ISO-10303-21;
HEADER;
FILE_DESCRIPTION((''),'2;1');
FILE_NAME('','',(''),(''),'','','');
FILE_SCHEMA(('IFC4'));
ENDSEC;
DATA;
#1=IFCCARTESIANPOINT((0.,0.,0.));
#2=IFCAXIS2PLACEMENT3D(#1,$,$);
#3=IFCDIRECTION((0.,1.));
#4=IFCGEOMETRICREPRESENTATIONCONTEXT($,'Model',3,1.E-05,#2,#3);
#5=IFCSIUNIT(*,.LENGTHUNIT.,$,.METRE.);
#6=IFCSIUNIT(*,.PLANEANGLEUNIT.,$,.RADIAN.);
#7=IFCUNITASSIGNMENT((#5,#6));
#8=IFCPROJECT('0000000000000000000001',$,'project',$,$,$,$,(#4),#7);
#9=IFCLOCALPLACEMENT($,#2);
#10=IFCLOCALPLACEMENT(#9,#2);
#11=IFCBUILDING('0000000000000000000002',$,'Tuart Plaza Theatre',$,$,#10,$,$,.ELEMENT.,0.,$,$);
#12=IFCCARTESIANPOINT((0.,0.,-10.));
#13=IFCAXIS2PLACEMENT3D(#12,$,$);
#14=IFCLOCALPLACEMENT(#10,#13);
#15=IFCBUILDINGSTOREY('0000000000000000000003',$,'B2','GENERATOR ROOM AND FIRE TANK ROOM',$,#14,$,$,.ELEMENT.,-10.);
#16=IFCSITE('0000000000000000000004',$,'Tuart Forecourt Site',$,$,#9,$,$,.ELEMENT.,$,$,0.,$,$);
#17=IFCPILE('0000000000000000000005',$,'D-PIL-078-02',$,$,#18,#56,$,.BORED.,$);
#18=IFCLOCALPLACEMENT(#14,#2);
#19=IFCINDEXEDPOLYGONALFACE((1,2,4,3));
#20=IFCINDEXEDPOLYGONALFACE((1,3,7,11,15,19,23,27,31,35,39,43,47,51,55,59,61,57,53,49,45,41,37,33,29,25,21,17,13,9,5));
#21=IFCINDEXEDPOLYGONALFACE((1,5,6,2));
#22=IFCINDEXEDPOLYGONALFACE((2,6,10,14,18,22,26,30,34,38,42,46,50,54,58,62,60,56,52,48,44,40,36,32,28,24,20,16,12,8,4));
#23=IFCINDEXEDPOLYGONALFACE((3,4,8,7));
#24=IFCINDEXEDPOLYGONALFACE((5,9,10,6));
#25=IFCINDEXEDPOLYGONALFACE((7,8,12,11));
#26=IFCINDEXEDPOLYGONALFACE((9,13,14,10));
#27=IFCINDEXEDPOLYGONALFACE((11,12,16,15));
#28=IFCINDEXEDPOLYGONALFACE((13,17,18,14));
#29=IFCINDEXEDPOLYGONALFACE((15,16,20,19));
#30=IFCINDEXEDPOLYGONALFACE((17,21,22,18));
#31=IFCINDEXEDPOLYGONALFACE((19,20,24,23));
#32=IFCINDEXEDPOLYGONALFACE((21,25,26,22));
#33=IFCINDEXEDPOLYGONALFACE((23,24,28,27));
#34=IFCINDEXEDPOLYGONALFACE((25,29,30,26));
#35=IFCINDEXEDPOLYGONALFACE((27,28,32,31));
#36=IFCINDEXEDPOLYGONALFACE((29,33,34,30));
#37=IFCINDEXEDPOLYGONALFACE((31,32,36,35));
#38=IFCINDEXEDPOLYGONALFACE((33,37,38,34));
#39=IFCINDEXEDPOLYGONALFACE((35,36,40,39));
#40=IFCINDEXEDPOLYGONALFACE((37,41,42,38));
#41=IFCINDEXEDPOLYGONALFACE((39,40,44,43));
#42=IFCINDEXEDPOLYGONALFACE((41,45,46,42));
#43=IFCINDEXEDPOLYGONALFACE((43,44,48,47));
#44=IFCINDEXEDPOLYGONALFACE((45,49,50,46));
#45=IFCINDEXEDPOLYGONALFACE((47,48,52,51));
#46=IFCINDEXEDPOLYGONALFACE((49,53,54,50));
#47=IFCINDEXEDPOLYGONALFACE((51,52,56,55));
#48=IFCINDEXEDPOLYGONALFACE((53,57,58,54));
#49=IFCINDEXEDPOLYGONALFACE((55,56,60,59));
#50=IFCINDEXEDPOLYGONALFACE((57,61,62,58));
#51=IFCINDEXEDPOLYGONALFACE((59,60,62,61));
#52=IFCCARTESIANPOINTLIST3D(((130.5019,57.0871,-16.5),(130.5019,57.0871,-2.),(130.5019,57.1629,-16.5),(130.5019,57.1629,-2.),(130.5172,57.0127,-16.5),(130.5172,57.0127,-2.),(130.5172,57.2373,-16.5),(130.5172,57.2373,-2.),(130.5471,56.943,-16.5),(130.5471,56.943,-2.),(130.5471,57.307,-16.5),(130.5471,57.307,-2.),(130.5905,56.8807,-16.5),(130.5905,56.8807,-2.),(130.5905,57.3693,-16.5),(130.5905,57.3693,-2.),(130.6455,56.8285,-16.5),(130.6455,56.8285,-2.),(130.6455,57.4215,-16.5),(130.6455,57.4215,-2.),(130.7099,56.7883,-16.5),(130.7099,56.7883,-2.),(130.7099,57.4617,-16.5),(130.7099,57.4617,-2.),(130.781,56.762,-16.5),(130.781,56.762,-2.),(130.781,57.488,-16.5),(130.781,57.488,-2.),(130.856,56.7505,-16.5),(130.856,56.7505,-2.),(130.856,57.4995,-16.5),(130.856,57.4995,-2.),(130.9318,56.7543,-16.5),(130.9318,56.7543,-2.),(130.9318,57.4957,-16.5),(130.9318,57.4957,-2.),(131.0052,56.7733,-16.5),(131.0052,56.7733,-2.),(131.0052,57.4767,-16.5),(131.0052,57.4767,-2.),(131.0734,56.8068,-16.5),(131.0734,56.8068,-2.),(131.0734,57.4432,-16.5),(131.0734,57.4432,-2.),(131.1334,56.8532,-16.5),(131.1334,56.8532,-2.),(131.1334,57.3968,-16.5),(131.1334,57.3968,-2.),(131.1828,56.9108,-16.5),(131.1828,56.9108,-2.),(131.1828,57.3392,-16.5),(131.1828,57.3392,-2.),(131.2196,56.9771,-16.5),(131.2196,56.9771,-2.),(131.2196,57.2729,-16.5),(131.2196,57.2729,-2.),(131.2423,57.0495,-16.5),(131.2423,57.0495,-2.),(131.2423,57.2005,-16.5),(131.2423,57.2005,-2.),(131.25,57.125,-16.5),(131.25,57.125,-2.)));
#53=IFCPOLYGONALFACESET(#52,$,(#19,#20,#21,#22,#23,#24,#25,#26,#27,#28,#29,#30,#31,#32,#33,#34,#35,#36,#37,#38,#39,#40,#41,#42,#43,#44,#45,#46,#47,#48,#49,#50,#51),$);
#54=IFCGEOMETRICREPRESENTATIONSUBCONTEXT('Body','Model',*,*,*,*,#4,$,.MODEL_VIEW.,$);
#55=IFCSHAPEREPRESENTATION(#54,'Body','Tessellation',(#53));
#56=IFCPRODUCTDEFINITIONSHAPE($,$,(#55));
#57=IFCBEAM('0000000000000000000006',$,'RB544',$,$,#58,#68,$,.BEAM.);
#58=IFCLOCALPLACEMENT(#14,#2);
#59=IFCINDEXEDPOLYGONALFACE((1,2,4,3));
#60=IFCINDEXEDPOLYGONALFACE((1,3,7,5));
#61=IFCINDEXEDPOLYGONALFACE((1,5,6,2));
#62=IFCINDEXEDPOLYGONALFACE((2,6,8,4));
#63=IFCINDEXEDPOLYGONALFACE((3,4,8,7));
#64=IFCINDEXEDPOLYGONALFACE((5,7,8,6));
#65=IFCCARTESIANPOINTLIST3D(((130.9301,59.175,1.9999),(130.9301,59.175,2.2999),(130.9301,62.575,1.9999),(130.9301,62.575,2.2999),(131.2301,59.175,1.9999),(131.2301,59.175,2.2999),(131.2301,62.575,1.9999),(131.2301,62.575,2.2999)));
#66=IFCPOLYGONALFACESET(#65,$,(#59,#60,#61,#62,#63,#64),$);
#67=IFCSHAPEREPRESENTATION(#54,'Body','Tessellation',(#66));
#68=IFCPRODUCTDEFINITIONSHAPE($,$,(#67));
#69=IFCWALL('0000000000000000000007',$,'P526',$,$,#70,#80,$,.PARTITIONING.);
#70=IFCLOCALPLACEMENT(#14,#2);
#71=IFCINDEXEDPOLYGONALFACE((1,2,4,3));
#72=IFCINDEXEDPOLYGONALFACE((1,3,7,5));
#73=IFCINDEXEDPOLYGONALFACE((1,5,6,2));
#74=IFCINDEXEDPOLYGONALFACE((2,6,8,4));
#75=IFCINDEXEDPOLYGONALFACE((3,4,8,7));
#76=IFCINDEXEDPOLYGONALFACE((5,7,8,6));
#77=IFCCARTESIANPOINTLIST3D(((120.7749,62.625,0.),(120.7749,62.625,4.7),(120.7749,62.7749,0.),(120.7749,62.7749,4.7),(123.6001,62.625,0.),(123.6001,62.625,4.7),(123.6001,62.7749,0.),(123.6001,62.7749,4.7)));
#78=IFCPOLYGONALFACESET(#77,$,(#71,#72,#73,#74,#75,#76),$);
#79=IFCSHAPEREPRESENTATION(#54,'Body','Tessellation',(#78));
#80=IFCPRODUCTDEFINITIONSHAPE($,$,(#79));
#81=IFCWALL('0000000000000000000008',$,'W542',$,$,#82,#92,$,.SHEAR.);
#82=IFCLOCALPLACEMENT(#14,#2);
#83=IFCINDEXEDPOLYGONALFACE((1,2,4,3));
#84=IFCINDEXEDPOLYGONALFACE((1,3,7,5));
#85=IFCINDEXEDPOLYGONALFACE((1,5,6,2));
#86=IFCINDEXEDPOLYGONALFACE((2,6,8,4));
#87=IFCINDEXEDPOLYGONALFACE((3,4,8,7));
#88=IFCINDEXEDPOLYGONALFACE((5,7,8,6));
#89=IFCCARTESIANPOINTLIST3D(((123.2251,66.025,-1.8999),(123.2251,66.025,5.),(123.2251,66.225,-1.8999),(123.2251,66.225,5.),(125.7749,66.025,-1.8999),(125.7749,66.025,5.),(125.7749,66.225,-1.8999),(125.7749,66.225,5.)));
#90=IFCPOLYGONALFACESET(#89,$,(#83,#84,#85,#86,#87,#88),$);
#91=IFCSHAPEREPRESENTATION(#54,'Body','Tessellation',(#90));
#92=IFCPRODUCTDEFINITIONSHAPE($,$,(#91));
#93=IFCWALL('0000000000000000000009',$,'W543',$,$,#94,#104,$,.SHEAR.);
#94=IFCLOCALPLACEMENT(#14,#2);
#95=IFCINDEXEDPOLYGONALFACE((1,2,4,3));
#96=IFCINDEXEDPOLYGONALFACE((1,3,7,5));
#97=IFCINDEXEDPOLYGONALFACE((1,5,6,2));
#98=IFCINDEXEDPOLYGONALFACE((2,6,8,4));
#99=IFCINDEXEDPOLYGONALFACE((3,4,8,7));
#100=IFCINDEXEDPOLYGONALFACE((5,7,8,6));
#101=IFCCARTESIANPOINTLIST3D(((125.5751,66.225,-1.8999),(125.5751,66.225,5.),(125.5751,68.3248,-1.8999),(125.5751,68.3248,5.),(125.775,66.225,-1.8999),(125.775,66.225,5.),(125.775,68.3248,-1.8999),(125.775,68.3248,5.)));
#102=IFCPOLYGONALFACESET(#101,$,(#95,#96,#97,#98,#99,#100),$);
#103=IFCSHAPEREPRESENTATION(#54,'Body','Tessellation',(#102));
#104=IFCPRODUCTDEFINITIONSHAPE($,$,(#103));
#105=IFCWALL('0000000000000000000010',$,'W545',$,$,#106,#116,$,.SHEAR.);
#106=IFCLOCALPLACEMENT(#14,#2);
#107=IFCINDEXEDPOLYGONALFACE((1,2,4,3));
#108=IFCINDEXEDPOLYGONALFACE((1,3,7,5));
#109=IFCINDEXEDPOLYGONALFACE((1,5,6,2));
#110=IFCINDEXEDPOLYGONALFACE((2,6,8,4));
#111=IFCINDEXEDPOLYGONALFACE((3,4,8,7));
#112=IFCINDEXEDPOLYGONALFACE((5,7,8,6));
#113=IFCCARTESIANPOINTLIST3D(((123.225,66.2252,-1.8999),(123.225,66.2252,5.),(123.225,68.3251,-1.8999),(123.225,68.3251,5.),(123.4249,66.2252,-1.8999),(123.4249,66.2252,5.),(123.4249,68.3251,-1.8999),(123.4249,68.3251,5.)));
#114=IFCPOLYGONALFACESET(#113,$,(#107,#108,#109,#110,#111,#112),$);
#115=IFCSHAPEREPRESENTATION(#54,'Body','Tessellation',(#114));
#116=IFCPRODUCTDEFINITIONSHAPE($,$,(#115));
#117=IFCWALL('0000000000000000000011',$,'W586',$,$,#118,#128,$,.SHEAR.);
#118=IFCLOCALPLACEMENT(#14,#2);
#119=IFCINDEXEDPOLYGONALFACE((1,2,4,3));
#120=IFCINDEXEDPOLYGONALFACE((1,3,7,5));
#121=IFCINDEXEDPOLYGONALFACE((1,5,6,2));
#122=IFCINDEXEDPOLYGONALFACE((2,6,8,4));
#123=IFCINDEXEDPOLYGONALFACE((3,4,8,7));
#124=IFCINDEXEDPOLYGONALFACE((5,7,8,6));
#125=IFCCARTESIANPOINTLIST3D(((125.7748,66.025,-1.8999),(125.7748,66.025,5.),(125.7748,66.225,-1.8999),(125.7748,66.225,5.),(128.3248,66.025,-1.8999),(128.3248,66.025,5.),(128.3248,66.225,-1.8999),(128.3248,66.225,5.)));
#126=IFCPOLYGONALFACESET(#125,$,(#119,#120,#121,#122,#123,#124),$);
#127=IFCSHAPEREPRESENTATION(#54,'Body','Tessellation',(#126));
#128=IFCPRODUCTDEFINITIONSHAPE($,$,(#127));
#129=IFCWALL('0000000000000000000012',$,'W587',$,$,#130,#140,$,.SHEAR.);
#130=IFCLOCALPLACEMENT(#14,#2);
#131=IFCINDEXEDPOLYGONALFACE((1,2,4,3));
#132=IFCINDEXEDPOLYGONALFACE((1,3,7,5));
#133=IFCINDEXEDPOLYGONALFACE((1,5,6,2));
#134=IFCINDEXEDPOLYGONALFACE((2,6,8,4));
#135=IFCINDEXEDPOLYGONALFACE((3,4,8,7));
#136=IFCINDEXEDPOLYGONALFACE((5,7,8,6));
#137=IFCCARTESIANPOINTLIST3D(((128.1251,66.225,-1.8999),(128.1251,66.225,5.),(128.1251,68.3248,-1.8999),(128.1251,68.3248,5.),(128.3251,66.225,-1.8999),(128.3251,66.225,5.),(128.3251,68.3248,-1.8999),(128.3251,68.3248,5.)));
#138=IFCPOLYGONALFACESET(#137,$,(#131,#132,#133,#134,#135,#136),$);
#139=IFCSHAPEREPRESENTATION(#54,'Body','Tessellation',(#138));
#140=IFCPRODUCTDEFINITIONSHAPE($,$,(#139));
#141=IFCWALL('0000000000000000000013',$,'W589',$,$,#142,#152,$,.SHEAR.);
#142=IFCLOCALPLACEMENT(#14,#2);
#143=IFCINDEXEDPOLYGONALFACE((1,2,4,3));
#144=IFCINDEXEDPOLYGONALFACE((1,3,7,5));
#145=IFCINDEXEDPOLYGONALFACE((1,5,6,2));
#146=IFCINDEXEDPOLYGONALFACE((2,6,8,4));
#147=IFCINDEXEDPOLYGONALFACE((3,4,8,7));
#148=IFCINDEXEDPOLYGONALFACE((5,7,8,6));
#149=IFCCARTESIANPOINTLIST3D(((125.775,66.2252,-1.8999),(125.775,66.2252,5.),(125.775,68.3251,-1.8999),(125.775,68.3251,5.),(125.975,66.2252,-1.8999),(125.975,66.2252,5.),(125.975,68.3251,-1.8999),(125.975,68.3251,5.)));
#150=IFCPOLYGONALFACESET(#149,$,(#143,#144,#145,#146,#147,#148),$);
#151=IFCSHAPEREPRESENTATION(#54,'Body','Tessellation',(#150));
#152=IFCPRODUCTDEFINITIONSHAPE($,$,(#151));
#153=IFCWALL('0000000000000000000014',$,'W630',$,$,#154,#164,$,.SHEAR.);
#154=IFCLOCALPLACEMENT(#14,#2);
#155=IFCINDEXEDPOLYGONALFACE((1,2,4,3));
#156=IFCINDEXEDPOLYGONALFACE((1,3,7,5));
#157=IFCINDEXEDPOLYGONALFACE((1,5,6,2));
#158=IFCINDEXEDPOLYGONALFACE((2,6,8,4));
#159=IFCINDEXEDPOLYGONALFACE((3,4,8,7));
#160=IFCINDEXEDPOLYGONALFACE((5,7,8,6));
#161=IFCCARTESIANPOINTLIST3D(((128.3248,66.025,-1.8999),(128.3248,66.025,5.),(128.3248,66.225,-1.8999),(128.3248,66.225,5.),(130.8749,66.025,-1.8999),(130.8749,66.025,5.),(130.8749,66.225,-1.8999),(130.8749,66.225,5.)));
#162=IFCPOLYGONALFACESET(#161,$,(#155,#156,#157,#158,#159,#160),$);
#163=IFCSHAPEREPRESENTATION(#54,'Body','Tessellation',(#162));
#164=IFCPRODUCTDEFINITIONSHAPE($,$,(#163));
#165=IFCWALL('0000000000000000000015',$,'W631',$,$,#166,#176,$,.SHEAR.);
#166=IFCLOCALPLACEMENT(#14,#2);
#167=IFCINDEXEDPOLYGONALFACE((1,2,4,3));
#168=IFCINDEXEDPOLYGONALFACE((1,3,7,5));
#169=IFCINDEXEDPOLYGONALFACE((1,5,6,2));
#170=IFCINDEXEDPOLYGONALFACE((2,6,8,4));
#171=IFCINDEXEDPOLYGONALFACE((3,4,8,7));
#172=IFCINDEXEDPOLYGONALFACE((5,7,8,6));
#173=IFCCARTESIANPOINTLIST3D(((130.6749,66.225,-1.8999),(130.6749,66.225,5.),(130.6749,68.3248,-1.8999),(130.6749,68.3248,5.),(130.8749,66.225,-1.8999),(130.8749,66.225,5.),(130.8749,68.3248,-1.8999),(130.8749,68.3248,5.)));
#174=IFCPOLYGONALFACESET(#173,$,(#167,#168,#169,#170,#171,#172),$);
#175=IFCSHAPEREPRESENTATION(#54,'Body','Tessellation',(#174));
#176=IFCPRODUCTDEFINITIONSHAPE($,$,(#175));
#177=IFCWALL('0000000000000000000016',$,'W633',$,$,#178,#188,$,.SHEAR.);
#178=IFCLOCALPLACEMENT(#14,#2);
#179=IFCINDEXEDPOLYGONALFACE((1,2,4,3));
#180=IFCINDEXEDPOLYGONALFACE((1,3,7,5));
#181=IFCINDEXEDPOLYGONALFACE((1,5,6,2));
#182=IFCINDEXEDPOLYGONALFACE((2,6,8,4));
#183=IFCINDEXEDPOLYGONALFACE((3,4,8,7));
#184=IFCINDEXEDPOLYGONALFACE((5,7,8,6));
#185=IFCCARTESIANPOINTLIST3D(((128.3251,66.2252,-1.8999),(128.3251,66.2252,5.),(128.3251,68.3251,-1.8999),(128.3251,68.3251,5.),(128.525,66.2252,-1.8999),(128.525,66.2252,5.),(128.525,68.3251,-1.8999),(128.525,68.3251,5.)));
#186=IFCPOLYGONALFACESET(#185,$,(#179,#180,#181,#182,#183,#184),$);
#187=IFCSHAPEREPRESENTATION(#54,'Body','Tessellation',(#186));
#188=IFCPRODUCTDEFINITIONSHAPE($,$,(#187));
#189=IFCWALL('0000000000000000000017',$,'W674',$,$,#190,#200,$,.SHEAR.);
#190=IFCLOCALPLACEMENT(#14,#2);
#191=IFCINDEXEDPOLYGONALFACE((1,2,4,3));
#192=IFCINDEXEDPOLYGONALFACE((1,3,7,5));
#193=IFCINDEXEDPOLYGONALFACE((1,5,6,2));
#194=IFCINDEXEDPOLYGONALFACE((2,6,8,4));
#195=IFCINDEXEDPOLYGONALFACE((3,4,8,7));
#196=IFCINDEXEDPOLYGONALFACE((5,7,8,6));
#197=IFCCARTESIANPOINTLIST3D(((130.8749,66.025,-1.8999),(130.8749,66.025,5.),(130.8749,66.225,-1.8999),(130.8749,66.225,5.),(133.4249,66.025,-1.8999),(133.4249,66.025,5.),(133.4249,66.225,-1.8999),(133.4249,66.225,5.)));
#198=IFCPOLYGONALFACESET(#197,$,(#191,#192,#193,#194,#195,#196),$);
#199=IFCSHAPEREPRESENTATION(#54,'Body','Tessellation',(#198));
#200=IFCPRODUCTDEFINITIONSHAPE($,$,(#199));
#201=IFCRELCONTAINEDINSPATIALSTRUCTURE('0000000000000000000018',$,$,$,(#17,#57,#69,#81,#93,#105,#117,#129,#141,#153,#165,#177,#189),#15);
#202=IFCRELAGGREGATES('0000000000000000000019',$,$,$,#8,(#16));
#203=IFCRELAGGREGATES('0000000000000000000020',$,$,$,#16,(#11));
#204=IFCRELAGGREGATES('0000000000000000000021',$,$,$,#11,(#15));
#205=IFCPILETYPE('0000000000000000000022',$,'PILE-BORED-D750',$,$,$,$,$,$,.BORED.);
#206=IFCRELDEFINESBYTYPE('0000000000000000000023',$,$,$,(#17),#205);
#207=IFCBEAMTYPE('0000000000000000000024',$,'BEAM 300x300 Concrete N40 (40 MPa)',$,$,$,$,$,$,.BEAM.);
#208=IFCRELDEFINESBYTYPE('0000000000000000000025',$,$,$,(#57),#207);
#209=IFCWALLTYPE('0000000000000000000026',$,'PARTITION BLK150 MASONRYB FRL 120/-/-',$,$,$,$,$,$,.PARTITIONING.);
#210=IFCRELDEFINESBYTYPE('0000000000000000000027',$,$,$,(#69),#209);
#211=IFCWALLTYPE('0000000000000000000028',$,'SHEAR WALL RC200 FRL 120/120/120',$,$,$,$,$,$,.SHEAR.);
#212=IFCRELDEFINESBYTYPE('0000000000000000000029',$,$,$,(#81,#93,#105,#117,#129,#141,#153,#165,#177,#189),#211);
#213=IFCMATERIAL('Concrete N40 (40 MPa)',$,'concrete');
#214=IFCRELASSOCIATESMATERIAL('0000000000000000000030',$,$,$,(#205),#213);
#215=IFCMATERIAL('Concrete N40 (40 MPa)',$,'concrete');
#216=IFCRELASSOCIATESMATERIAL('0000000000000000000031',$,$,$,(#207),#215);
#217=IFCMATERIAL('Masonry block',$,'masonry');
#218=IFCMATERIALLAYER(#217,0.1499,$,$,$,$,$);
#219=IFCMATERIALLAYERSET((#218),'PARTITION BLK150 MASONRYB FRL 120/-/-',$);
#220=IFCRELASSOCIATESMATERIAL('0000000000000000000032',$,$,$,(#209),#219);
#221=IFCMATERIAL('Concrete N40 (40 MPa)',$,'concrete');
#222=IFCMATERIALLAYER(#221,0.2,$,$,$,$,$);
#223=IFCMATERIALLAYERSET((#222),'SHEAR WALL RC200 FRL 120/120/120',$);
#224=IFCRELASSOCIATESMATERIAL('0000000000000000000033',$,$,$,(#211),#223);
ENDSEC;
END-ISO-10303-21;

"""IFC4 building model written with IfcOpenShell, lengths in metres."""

from ifc_helpers import new_model, si_unit, direction, frame, frame_2d, origin, origin_2d, place, context, subcontext, project, spatial, rectangle, circle, extrude, material, layer, layer_set, material_profile, profile_set, type_object, element, save


model = new_model("IFC4")

# Units and contexts
model_context = context("Model", 3, precision=1e-05, world=origin(), true_north=direction((0.0, 1.0)))
body_context = subcontext(model_context, "Body", "Model", "MODEL_VIEW")
ifc_project = project(units=[si_unit("LENGTHUNIT", "METRE"), si_unit("PLANEANGLEUNIT", "RADIAN")], contexts=[model_context])

# Site, building, storey
site_placement = place(None, origin())
site = spatial("IfcSite", under=ifc_project, at=site_placement, Name="Tuart Forecourt Site", CompositionType="ELEMENT", RefElevation=0.0)
building_placement = place(site_placement, origin())
building = spatial("IfcBuilding", under=site, at=building_placement, Name="Tuart Plaza Theatre", CompositionType="ELEMENT", ElevationOfRefHeight=0.0)
storey_placement = place(building_placement, frame((0.0, 0.0, -10.0)))
storey = spatial("IfcBuildingStorey", under=building, at=storey_placement, Name="B2", Description="GENERATOR ROOM AND FIRE TANK ROOM", CompositionType="ELEMENT", Elevation=-10.0)

# Pile
ifc_material_1 = material(Name="Concrete N40 (40 MPa)", Category="concrete")
ifc_material_profile_1 = material_profile(ifc_material_1, circle(Radius=0.375, at=origin_2d()), Name="PILE-BORED-D750")
ifc_profile_set_1 = profile_set([ifc_material_profile_1], Name="Concrete N40 (40 MPa)")
pile_type = type_object("IfcPileType", Name="PILE-BORED-D750", PredefinedType="BORED", material=ifc_profile_set_1)
pile_placement = place(storey_placement, frame((130.875, 57.125, -2.0), z_axis=(0.0, 0.0, -1.0), x_axis=(1.0, 0.0, 0.0)))
element("IfcPile", 1, at=pile_placement, inside=storey, type_object=pile_type, Name="D-PIL-078-02", PredefinedType="BORED", context=body_context, shape_type="SweptSolid", body=[
    extrude(circle(Radius=0.375, at=origin_2d()), origin(), (0.0, 0.0, 1.0), 14.5),
])

# Beam
ifc_material_2 = material(Name="Concrete N40 (40 MPa)", Category="concrete")
ifc_material_profile_2 = material_profile(ifc_material_2, rectangle(XDim=0.3, YDim=0.3, at=origin_2d()), Name="BEAM 300x300 Concrete N40 (40 MPa)")
ifc_profile_set_2 = profile_set([ifc_material_profile_2], Name="Concrete N40 (40 MPa)")
beam_type = type_object("IfcBeamType", Name="BEAM 300x300 Concrete N40 (40 MPa)", PredefinedType="BEAM", material=ifc_profile_set_2)
beam_placement = place(storey_placement, frame((131.0801, 59.175, 2.1499), z_axis=(0.0, 1.0, 0.0), x_axis=(-1.0, 0.0, 0.0)))
element("IfcBeam", 2, at=beam_placement, inside=storey, type_object=beam_type, Name="RB544", PredefinedType="BEAM", context=body_context, shape_type="SweptSolid", body=[
    extrude(rectangle(XDim=0.3, YDim=0.3, at=origin_2d()), origin(), (0.0, 0.0, 1.0), 3.3999),
])

# Walls
ifc_material_3 = material(Name="Masonry block", Category="masonry")
ifc_layer_1 = layer(ifc_material_3, 0.1499)
ifc_layer_set_1 = layer_set([ifc_layer_1], Name="PARTITION BLK150 MASONRYB FRL 120/-/-")
wall_type_1 = type_object("IfcWallType", Name="PARTITION BLK150 MASONRYB FRL 120/-/-", PredefinedType="PARTITIONING", material=ifc_layer_set_1)
wall_1_placement = place(storey_placement, frame((123.6001, 62.7, 0.0), z_axis=(0.0, 0.0, 1.0), x_axis=(-1.0, 0.0, 0.0)))
element("IfcWall", 3, at=wall_1_placement, inside=storey, type_object=wall_type_1, Name="P526", PredefinedType="PARTITIONING", context=body_context, shape_type="SweptSolid", body=[
    extrude(rectangle(XDim=2.8252, YDim=0.1499, at=frame_2d((1.4126, 0.0))), origin(), (0.0, 0.0, 1.0), 4.7),
])
ifc_material_4 = material(Name="Concrete N40 (40 MPa)", Category="concrete")
ifc_layer_2 = layer(ifc_material_4, 0.2)
ifc_layer_set_2 = layer_set([ifc_layer_2], Name="SHEAR WALL RC200 FRL 120/120/120")
wall_type_2 = type_object("IfcWallType", Name="SHEAR WALL RC200 FRL 120/120/120", PredefinedType="SHEAR", material=ifc_layer_set_2)
wall_2_placement = place(storey_placement, frame((123.2251, 66.125, -1.8999), z_axis=(0.0, 0.0, 1.0), x_axis=(1.0, 0.0, 0.0)))
element("IfcWall", 4, at=wall_2_placement, inside=storey, type_object=wall_type_2, Name="W542", PredefinedType="SHEAR", context=body_context, shape_type="SweptSolid", body=[
    extrude(rectangle(XDim=2.5498, YDim=0.2, at=frame_2d((1.2749, 0.0))), origin(), (0.0, 0.0, 1.0), 6.8999),
])
for number, where, z_axis, x_axis, name in (
    (5, (125.675, 66.2251, -1.8999), (0.0, 0.0, 1.0), (0.0, 1.0, 0.0), "W543"),
    (6, (123.325, 68.325, -1.8999), (0.0, 0.0, 1.0), (0.0, -1.0, 0.0), "W545"),
):
    element("IfcWall", number, at=place(storey_placement, frame(where, z_axis=z_axis, x_axis=x_axis)), inside=storey, type_object=wall_type_2, Name=name, PredefinedType="SHEAR", context=body_context, shape_type="SweptSolid", body=[
        extrude(rectangle(XDim=2.0999, YDim=0.2, at=frame_2d((1.0498, 0.0))), origin(), (0.0, 0.0, 1.0), 6.8999),
    ])
wall_3_placement = place(storey_placement, frame((125.7749, 66.125, -1.8999), z_axis=(0.0, 0.0, 1.0), x_axis=(1.0, 0.0, 0.0)))
element("IfcWall", 7, at=wall_3_placement, inside=storey, type_object=wall_type_2, Name="W586", PredefinedType="SHEAR", context=body_context, shape_type="SweptSolid", body=[
    extrude(rectangle(XDim=2.55, YDim=0.2, at=frame_2d((1.2749, 0.0))), origin(), (0.0, 0.0, 1.0), 6.8999),
])
for number, where, z_axis, x_axis, name in (
    (8, (128.2251, 66.2251, -1.8999), (0.0, 0.0, 1.0), (0.0, 1.0, 0.0), "W587"),
    (9, (125.875, 68.325, -1.8999), (0.0, 0.0, 1.0), (0.0, -1.0, 0.0), "W589"),
):
    element("IfcWall", number, at=place(storey_placement, frame(where, z_axis=z_axis, x_axis=x_axis)), inside=storey, type_object=wall_type_2, Name=name, PredefinedType="SHEAR", context=body_context, shape_type="SweptSolid", body=[
        extrude(rectangle(XDim=2.0999, YDim=0.2, at=frame_2d((1.0498, 0.0))), origin(), (0.0, 0.0, 1.0), 6.8999),
    ])
wall_4_placement = place(storey_placement, frame((128.325, 66.125, -1.8999), z_axis=(0.0, 0.0, 1.0), x_axis=(1.0, 0.0, 0.0)))
element("IfcWall", 10, at=wall_4_placement, inside=storey, type_object=wall_type_2, Name="W630", PredefinedType="SHEAR", context=body_context, shape_type="SweptSolid", body=[
    extrude(rectangle(XDim=2.55, YDim=0.2, at=frame_2d((1.2749, 0.0))), origin(), (0.0, 0.0, 1.0), 6.8999),
])
for number, where, z_axis, x_axis, name in (
    (11, (130.7749, 66.2251, -1.8999), (0.0, 0.0, 1.0), (0.0, 1.0, 0.0), "W631"),
    (12, (128.425, 68.325, -1.8999), (0.0, 0.0, 1.0), (0.0, -1.0, 0.0), "W633"),
):
    element("IfcWall", number, at=place(storey_placement, frame(where, z_axis=z_axis, x_axis=x_axis)), inside=storey, type_object=wall_type_2, Name=name, PredefinedType="SHEAR", context=body_context, shape_type="SweptSolid", body=[
        extrude(rectangle(XDim=2.0999, YDim=0.2, at=frame_2d((1.0498, 0.0))), origin(), (0.0, 0.0, 1.0), 6.8999),
    ])
wall_5_placement = place(storey_placement, frame((130.875, 66.125, -1.8999), z_axis=(0.0, 0.0, 1.0), x_axis=(1.0, 0.0, 0.0)))
element("IfcWall", 13, at=wall_5_placement, inside=storey, type_object=wall_type_2, Name="W674", PredefinedType="SHEAR", context=body_context, shape_type="SweptSolid", body=[
    extrude(rectangle(XDim=2.55, YDim=0.2, at=frame_2d((1.2749, 0.0))), origin(), (0.0, 0.0, 1.0), 6.8999),
])

save(model, "model.ifc")
